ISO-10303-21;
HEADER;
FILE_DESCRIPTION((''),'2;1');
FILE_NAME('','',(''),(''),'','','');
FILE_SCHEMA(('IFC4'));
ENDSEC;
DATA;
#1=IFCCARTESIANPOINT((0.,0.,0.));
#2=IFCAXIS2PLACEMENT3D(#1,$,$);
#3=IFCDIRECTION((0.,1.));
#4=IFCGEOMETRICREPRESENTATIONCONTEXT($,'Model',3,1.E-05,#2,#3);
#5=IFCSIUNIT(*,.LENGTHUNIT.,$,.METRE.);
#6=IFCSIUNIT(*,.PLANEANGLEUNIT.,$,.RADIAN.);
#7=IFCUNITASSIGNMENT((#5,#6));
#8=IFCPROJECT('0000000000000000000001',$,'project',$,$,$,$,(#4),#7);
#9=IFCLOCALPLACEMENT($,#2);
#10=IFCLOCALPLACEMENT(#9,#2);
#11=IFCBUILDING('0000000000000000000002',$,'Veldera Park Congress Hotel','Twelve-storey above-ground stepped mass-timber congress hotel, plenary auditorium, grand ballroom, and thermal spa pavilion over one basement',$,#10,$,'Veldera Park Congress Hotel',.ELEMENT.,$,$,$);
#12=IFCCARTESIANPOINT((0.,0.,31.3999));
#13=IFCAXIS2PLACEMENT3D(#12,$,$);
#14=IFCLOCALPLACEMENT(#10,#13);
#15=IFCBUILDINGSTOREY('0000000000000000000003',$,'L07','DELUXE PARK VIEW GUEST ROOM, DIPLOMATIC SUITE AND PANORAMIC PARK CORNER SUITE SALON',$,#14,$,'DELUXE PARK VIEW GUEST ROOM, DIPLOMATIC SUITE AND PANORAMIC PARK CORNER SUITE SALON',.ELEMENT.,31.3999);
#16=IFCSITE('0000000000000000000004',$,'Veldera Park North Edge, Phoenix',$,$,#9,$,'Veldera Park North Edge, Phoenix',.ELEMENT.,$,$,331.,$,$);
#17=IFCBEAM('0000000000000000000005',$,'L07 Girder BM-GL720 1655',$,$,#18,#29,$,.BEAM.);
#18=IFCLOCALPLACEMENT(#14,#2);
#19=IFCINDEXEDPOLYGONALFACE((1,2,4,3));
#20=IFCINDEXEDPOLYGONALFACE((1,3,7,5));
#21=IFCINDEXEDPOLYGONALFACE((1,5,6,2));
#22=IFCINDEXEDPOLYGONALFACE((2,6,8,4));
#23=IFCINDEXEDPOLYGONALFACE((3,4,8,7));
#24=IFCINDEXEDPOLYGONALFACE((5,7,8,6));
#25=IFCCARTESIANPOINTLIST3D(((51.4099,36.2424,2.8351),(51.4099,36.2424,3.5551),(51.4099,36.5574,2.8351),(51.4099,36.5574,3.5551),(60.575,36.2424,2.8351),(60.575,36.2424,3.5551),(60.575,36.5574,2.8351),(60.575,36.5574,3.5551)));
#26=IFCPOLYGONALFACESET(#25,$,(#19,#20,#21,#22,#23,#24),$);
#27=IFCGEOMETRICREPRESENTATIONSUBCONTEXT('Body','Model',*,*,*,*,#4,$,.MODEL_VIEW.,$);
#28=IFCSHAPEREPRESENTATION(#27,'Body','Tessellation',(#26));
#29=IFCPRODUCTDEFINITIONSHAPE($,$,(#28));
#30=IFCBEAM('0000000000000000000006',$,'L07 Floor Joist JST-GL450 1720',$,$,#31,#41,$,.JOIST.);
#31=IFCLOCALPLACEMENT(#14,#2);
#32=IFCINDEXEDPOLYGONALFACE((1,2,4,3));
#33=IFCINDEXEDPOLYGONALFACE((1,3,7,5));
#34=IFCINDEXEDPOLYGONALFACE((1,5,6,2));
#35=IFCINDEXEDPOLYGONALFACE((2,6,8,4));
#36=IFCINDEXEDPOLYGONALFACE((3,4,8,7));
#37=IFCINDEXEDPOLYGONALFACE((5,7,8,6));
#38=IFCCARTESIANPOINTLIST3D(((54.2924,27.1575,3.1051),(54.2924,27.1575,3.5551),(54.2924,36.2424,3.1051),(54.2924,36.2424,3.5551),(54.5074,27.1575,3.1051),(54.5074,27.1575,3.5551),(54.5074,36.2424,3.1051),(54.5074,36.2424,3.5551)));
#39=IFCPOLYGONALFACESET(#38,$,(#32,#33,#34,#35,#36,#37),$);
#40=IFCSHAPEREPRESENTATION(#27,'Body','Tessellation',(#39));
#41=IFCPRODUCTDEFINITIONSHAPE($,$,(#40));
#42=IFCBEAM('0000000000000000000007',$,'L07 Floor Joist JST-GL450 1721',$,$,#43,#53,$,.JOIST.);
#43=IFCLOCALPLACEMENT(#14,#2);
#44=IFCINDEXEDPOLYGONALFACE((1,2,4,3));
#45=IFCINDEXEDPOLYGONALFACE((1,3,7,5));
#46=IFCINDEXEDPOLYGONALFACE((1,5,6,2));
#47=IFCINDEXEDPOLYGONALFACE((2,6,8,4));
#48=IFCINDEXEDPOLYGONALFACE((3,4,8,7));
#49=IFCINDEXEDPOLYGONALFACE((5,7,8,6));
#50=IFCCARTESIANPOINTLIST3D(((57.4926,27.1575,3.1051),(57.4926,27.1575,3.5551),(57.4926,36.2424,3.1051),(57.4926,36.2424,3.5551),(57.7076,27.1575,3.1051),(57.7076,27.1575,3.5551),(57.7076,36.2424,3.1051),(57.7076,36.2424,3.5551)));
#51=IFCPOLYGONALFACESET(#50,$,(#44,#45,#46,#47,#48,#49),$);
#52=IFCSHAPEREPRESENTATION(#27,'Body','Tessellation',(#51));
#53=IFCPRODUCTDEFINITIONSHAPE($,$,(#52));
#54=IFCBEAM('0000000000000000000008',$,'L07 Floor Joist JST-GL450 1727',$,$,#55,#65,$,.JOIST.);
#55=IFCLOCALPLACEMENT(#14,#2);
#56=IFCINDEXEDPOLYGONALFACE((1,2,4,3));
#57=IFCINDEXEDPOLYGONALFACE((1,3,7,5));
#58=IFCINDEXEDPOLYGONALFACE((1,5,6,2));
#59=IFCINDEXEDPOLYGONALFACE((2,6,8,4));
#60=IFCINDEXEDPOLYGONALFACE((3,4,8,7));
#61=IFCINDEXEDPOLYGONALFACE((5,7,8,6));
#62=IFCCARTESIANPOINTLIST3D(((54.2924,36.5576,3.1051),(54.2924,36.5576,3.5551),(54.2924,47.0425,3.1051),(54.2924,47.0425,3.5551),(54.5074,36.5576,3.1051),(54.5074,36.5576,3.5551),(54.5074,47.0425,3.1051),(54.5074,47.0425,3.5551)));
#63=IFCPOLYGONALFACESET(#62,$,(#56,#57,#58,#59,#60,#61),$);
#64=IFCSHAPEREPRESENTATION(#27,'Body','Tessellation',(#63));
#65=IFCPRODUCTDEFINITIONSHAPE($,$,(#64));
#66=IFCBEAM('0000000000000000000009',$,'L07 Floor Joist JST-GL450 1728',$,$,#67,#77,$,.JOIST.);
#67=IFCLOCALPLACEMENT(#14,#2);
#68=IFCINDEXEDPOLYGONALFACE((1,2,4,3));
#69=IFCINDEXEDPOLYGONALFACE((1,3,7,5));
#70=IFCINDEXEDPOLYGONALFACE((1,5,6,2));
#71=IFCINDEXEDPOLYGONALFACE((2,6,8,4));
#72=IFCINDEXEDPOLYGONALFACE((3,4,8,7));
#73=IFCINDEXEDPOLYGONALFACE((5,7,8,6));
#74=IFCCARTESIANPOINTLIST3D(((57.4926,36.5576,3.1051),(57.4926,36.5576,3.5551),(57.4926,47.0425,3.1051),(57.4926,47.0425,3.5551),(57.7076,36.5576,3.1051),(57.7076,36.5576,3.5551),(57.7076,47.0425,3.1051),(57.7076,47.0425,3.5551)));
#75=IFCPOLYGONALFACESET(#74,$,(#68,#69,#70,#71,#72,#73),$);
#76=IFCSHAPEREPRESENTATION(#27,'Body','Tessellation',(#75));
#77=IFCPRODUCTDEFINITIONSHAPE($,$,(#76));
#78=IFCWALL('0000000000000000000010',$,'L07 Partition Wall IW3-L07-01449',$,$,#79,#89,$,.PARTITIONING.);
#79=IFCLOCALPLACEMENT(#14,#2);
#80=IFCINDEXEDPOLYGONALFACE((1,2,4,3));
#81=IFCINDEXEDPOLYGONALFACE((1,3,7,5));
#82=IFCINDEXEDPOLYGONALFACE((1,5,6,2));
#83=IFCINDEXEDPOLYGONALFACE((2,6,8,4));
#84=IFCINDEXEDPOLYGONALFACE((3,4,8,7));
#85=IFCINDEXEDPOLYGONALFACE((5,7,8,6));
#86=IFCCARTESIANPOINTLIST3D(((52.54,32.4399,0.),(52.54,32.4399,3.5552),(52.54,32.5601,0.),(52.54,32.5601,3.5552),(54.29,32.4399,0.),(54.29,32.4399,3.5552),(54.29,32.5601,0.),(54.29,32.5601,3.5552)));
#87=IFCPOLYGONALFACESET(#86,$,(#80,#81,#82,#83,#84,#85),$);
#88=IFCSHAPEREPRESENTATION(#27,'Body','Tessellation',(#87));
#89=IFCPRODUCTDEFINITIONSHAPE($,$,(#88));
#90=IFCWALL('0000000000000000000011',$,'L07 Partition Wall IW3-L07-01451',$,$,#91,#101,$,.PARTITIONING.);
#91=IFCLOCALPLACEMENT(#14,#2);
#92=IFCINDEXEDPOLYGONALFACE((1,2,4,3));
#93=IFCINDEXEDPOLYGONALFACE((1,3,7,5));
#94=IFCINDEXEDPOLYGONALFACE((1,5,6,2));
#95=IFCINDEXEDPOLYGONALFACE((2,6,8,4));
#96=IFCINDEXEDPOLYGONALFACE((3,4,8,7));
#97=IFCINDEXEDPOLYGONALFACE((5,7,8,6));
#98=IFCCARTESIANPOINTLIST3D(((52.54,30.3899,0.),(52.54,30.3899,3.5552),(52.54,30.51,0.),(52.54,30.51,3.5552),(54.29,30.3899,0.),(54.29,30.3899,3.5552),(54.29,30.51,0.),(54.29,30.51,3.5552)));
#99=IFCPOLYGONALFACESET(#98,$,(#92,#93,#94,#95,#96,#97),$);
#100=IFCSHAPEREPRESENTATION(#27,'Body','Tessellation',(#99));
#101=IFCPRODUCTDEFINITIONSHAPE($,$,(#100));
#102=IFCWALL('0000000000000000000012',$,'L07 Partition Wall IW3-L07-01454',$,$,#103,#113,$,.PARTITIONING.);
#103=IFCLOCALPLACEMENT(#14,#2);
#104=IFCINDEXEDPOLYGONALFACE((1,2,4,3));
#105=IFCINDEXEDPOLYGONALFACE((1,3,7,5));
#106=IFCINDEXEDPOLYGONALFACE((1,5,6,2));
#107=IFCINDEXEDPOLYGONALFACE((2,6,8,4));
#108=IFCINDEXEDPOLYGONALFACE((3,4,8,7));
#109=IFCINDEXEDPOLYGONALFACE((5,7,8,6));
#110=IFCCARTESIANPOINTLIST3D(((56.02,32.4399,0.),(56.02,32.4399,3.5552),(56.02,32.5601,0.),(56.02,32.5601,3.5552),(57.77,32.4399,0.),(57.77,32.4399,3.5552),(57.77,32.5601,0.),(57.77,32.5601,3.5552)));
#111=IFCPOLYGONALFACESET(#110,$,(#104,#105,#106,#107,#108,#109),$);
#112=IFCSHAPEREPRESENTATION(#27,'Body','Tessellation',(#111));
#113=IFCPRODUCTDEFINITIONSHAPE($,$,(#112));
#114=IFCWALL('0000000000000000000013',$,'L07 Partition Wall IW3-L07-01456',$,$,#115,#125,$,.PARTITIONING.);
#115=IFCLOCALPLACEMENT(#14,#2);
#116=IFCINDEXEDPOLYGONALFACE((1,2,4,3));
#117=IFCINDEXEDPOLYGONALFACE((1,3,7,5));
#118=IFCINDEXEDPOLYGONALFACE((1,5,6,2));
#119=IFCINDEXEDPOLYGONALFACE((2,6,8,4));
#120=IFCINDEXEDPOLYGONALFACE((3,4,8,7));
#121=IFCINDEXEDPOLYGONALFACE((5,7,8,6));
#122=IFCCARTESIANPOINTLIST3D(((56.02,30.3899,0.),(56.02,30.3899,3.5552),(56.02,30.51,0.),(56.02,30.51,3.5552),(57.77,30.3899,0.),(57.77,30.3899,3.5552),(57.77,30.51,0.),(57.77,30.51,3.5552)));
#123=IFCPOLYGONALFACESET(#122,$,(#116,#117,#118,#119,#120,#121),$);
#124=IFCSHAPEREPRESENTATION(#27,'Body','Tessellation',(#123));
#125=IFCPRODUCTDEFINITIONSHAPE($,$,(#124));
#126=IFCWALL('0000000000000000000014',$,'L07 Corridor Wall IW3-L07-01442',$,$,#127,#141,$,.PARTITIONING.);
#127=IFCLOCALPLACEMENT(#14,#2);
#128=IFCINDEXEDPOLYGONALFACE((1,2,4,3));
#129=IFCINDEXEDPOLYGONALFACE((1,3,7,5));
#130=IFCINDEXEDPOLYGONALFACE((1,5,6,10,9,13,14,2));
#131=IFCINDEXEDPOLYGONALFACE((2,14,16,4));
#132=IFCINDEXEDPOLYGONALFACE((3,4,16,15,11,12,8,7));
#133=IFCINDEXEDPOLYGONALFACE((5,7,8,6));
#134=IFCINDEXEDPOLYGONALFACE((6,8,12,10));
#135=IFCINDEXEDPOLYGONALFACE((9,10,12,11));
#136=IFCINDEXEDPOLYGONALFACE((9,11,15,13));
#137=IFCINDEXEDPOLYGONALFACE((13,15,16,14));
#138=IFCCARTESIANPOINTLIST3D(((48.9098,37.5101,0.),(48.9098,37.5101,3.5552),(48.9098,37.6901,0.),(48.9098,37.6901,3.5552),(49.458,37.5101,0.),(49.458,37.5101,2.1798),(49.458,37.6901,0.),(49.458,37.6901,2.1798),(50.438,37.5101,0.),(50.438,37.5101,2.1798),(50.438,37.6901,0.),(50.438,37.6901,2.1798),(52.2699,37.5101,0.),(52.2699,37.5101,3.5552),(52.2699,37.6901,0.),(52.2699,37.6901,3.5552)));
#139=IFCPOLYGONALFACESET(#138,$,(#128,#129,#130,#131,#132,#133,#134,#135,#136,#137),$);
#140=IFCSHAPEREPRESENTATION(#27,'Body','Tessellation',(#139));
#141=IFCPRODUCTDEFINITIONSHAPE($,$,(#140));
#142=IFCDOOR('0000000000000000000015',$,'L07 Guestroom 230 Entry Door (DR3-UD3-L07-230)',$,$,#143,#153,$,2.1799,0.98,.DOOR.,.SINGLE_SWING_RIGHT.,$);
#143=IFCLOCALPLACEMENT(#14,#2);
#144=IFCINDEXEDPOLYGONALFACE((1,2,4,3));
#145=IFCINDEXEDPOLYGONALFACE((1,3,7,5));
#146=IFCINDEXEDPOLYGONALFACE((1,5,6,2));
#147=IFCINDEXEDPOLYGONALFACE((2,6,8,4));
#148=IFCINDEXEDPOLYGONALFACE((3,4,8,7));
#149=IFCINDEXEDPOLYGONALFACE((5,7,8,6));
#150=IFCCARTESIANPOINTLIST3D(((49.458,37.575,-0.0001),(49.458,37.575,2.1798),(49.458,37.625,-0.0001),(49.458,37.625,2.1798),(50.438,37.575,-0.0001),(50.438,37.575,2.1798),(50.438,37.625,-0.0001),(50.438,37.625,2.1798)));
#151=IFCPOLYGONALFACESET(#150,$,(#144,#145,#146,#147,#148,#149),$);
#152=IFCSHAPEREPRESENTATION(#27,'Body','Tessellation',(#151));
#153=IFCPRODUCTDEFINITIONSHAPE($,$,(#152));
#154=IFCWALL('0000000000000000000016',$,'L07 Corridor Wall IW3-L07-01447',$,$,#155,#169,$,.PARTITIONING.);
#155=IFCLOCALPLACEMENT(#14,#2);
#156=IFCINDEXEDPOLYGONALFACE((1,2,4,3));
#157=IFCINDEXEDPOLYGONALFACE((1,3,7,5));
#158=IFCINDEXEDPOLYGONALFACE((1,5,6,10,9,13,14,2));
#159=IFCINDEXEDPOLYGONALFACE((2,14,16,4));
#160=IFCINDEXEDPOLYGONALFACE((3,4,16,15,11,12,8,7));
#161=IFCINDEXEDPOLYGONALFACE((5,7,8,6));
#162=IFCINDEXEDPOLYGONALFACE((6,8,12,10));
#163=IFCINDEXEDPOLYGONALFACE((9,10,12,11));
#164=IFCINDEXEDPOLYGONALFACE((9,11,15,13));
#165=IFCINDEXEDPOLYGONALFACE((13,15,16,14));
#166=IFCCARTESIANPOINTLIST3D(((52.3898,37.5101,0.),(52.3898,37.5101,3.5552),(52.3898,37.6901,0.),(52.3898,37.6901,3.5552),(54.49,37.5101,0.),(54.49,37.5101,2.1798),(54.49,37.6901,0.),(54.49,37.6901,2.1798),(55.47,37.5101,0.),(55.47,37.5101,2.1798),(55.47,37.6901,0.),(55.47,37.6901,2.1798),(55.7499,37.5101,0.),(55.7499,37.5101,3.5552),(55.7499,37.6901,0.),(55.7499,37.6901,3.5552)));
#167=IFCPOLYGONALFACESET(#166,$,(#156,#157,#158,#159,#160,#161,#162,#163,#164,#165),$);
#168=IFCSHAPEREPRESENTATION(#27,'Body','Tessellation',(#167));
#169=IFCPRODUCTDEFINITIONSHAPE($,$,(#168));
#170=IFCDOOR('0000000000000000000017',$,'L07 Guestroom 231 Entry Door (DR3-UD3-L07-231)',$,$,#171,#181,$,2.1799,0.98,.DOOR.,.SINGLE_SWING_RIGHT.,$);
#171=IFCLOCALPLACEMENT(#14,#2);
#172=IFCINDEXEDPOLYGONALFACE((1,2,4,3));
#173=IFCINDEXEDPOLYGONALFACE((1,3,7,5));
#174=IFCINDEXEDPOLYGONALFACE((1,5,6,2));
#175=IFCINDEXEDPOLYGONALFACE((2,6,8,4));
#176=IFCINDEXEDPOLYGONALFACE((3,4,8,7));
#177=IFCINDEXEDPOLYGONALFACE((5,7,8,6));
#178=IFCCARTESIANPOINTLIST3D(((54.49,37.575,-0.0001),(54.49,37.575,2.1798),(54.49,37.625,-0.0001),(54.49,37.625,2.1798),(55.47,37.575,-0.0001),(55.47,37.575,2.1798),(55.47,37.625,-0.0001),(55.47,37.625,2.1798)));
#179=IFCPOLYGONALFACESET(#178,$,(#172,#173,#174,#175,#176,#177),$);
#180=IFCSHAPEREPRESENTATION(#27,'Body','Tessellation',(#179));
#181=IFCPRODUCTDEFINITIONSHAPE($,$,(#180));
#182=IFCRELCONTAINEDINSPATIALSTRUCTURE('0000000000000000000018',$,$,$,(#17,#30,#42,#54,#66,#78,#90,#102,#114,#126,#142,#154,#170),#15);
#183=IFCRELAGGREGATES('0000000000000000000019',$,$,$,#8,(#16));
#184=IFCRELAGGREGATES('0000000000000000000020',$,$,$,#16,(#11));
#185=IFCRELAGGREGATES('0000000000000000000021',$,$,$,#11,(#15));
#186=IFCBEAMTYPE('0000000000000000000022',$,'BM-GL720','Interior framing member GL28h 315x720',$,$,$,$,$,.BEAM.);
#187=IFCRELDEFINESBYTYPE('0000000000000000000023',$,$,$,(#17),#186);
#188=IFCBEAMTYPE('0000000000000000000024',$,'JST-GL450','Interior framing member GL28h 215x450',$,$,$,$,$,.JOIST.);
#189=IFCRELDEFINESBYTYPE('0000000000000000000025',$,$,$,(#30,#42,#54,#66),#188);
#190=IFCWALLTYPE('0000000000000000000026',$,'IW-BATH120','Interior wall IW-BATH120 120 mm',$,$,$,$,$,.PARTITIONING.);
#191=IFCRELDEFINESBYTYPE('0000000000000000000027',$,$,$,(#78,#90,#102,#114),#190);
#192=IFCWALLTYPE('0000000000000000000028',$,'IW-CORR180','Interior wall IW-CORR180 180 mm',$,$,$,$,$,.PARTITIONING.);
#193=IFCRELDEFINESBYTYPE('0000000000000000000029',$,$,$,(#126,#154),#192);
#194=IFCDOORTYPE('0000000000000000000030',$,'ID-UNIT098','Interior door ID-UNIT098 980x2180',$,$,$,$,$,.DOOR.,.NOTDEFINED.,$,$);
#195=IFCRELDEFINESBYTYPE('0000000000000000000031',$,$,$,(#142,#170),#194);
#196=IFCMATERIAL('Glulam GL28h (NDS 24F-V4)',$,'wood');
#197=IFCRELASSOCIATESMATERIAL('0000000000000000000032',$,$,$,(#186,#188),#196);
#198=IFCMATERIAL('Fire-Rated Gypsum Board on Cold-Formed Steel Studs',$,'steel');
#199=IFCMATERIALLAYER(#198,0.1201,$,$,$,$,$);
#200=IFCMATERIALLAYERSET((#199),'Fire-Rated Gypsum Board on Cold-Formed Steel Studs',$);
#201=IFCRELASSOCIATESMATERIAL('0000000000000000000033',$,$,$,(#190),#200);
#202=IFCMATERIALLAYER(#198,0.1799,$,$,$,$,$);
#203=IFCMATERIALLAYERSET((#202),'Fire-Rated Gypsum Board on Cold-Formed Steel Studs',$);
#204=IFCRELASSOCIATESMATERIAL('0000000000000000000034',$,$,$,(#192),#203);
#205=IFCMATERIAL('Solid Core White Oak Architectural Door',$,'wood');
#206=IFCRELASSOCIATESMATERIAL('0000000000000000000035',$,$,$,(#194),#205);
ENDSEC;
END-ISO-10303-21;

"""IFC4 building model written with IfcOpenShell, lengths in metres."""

from ifc_helpers import new_model, si_unit, direction, frame, frame_2d, origin, origin_2d, place, context, subcontext, project, spatial, rectangle, extrude, material, layer, layer_set, material_profile, profile_set, type_object, element, fill, save


model = new_model("IFC4")

# Units and contexts
model_context = context("Model", 3, precision=1e-05, world=origin(), true_north=direction((0.0, 1.0)))
body_context = subcontext(model_context, "Body", "Model", "MODEL_VIEW")
ifc_project = project(units=[si_unit("LENGTHUNIT", "METRE"), si_unit("PLANEANGLEUNIT", "RADIAN")], contexts=[model_context])

# Site, building, storey
site_placement = place(None, origin())
site = spatial("IfcSite", under=ifc_project, at=site_placement, Name="Veldera Park North Edge, Phoenix", LongName="Veldera Park North Edge, Phoenix", CompositionType="ELEMENT", RefElevation=331.0)
building_placement = place(site_placement, origin())
building = spatial("IfcBuilding", under=site, at=building_placement, Name="Veldera Park Congress Hotel", Description="Twelve-storey above-ground stepped mass-timber congress hotel, plenary auditorium, grand ballroom, and thermal spa pavilion over one basement", LongName="Veldera Park Congress Hotel", CompositionType="ELEMENT")
storey_placement = place(building_placement, frame((0.0, 0.0, 31.3999)))
storey = spatial("IfcBuildingStorey", under=building, at=storey_placement, Name="L07", Description="DELUXE PARK VIEW GUEST ROOM, DIPLOMATIC SUITE AND PANORAMIC PARK CORNER SUITE SALON", LongName="DELUXE PARK VIEW GUEST ROOM, DIPLOMATIC SUITE AND PANORAMIC PARK CORNER SUITE SALON", CompositionType="ELEMENT", Elevation=31.3999)

# Beams
ifc_material_1 = material(Name="Glulam GL28h (NDS 24F-V4)", Category="wood")
ifc_material_profile_1 = material_profile(ifc_material_1, rectangle(XDim=0.3149, YDim=0.72, at=origin_2d()), Name="GL28h 315x720")
ifc_profile_set_1 = profile_set([ifc_material_profile_1], Name="Glulam GL28h (NDS 24F-V4)")
beam_type_1 = type_object("IfcBeamType", Name="BM-GL720", Description="Interior framing member GL28h 315x720", PredefinedType="BEAM", material=ifc_profile_set_1)
beam_placement = place(storey_placement, frame((51.4099, 36.3999, 3.1951), z_axis=(1.0, 0.0, 0.0), x_axis=(0.0, 1.0, 0.0)))
element("IfcBeam", 1, at=beam_placement, inside=storey, type_object=beam_type_1, Name="L07 Girder BM-GL720 1655", PredefinedType="BEAM", context=body_context, shape_type="SweptSolid", body=[
    extrude(rectangle(XDim=0.3149, YDim=0.72, at=origin_2d()), origin(), (0.0, 0.0, 1.0), 9.165),
])
ifc_material_profile_2 = material_profile(ifc_material_1, rectangle(XDim=0.2151, YDim=0.45, at=origin_2d()), Name="GL28h 215x450")
ifc_profile_set_2 = profile_set([ifc_material_profile_2], Name="Glulam GL28h (NDS 24F-V4)")
beam_type_2 = type_object("IfcBeamType", Name="JST-GL450", Description="Interior framing member GL28h 215x450", PredefinedType="JOIST", material=ifc_profile_set_2)
for number, where, z_axis, x_axis, name in (
    (2, (54.3999, 27.1575, 3.3301), (0.0, 1.0, 0.0), (-1.0, 0.0, 0.0), "L07 Floor Joist JST-GL450 1720"),
    (3, (57.6001, 27.1575, 3.3301), (0.0, 1.0, 0.0), (-1.0, 0.0, 0.0), "L07 Floor Joist JST-GL450 1721"),
):
    element("IfcBeam", number, at=place(storey_placement, frame(where, z_axis=z_axis, x_axis=x_axis)), inside=storey, type_object=beam_type_2, Name=name, PredefinedType="JOIST", context=body_context, shape_type="SweptSolid", body=[
        extrude(rectangle(XDim=0.2151, YDim=0.45, at=origin_2d()), origin(), (0.0, 0.0, 1.0), 9.085),
    ])
for number, where, z_axis, x_axis, name in (
    (4, (54.3999, 36.5576, 3.3301), (0.0, 1.0, 0.0), (-1.0, 0.0, 0.0), "L07 Floor Joist JST-GL450 1727"),
    (5, (57.6001, 36.5576, 3.3301), (0.0, 1.0, 0.0), (-1.0, 0.0, 0.0), "L07 Floor Joist JST-GL450 1728"),
):
    element("IfcBeam", number, at=place(storey_placement, frame(where, z_axis=z_axis, x_axis=x_axis)), inside=storey, type_object=beam_type_2, Name=name, PredefinedType="JOIST", context=body_context, shape_type="SweptSolid", body=[
        extrude(rectangle(XDim=0.2151, YDim=0.45, at=origin_2d()), origin(), (0.0, 0.0, 1.0), 10.4849),
    ])

# Wall
ifc_material_2 = material(Name="Fire-Rated Gypsum Board on Cold-Formed Steel Studs", Category="steel")
ifc_layer_1 = layer(ifc_material_2, 0.1201)
ifc_layer_set_1 = layer_set([ifc_layer_1], Name="Fire-Rated Gypsum Board on Cold-Formed Steel Studs")
wall_type_1 = type_object("IfcWallType", Name="IW-BATH120", Description="Interior wall IW-BATH120 120 mm", PredefinedType="PARTITIONING", material=ifc_layer_set_1)
wall_1_placement = place(storey_placement, frame((52.54, 32.5, 0.0), z_axis=(0.0, 0.0, 1.0), x_axis=(1.0, 0.0, 0.0)))
element("IfcWall", 6, at=wall_1_placement, inside=storey, type_object=wall_type_1, Name="L07 Partition Wall IW3-L07-01449", PredefinedType="PARTITIONING", context=body_context, shape_type="SweptSolid", body=[
    extrude(rectangle(XDim=1.75, YDim=0.1201, at=frame_2d((0.875, 0.0))), origin(), (0.0, 0.0, 1.0), 3.5552),
])

# Shared definitions
ifc_material_3 = material(Name="Solid Core White Oak Architectural Door", Category="wood")

# Walls
for number, where, z_axis, x_axis, name in (
    (7, (52.54, 30.45, 0.0), (0.0, 0.0, 1.0), (1.0, 0.0, 0.0), "L07 Partition Wall IW3-L07-01451"),
    (8, (56.02, 32.5, 0.0), (0.0, 0.0, 1.0), (1.0, 0.0, 0.0), "L07 Partition Wall IW3-L07-01454"),
):
    element("IfcWall", number, at=place(storey_placement, frame(where, z_axis=z_axis, x_axis=x_axis)), inside=storey, type_object=wall_type_1, Name=name, PredefinedType="PARTITIONING", context=body_context, shape_type="SweptSolid", body=[
        extrude(rectangle(XDim=1.75, YDim=0.1201, at=frame_2d((0.875, 0.0))), origin(), (0.0, 0.0, 1.0), 3.5552),
    ])

# Wall
wall_2_placement = place(storey_placement, frame((56.02, 30.45, 0.0), z_axis=(0.0, 0.0, 1.0), x_axis=(1.0, 0.0, 0.0)))
element("IfcWall", 9, at=wall_2_placement, inside=storey, type_object=wall_type_1, Name="L07 Partition Wall IW3-L07-01456", PredefinedType="PARTITIONING", context=body_context, shape_type="SweptSolid", body=[
    extrude(rectangle(XDim=1.75, YDim=0.1201, at=frame_2d((0.875, 0.0))), origin(), (0.0, 0.0, 1.0), 3.5552),
])

# Walls, openings, doors
ifc_layer_2 = layer(ifc_material_2, 0.1799)
ifc_layer_set_2 = layer_set([ifc_layer_2], Name="Fire-Rated Gypsum Board on Cold-Formed Steel Studs")
wall_type_2 = type_object("IfcWallType", Name="IW-CORR180", Description="Interior wall IW-CORR180 180 mm", PredefinedType="PARTITIONING", material=ifc_layer_set_2)
wall_3_placement = place(storey_placement, frame((52.27, 37.6001, 0.0), z_axis=(0.0, 0.0, 1.0), x_axis=(-1.0, 0.0, 0.0)))
wall_3 = element("IfcWall", 10, at=wall_3_placement, inside=storey, type_object=wall_type_2, Name="L07 Corridor Wall IW3-L07-01442", PredefinedType="PARTITIONING", context=body_context, shape_type="SweptSolid", body=[
    extrude(rectangle(XDim=3.3601, YDim=0.1799, at=frame_2d((1.6802, 0.0))), origin(), (0.0, 0.0, 1.0), 3.5552),
])
opening_1_placement = place(wall_3_placement, frame((1.832, 0.0, 0.0)))
opening_1 = element("IfcOpeningElement", 11, at=opening_1_placement, cuts=wall_3, PredefinedType="OPENING", context=body_context, shape_type="SweptSolid", body=[
    extrude(rectangle(XDim=0.98, YDim=2.1799, at=frame_2d((0.49, 1.0898))), frame((0.0, 0.1021, 0.0), z_axis=(0.0, -1.0, 0.0), x_axis=(1.0, 0.0, 0.0)), (0.0, 0.0, 1.0), 0.2039),
])
door_type_1 = type_object("IfcDoorType", Name="ID-UNIT098", Description="Interior door ID-UNIT098 980x2180", OperationType="NOTDEFINED", PredefinedType="DOOR", material=ifc_material_3)
door_1_placement = place(opening_1_placement, frame((0.98, 0.0, 0.0), z_axis=(0.0, 0.0, 1.0), x_axis=(-1.0, 0.0, 0.0)))
door_1 = element("IfcDoor", 12, at=door_1_placement, inside=storey, type_object=door_type_1, Name="L07 Guestroom 230 Entry Door (DR3-UD3-L07-230)", OperationType="SINGLE_SWING_RIGHT", OverallHeight=2.1799, OverallWidth=0.98, PredefinedType="DOOR", context=body_context, shape_type="SweptSolid", body=[
    extrude(rectangle(XDim=0.98, YDim=2.1799, at=frame_2d((0.49, 1.0898))), frame((0.0, 0.0249, 0.0), z_axis=(0.0, -1.0, 0.0), x_axis=(1.0, 0.0, 0.0)), (0.0, 0.0, 1.0), 0.05),
])
fill(opening_1, door_1)
wall_4_placement = place(storey_placement, frame((55.75, 37.6001, 0.0), z_axis=(0.0, 0.0, 1.0), x_axis=(-1.0, 0.0, 0.0)))
wall_4 = element("IfcWall", 13, at=wall_4_placement, inside=storey, type_object=wall_type_2, Name="L07 Corridor Wall IW3-L07-01447", PredefinedType="PARTITIONING", context=body_context, shape_type="SweptSolid", body=[
    extrude(rectangle(XDim=3.3601, YDim=0.1799, at=frame_2d((1.6802, 0.0))), origin(), (0.0, 0.0, 1.0), 3.5552),
])
opening_2_placement = place(wall_4_placement, frame((0.28, 0.0, 0.0)))
opening_2 = element("IfcOpeningElement", 14, at=opening_2_placement, cuts=wall_4, PredefinedType="OPENING", context=body_context, shape_type="SweptSolid", body=[
    extrude(rectangle(XDim=0.98, YDim=2.1799, at=frame_2d((0.49, 1.0898))), frame((0.0, 0.1021, 0.0), z_axis=(0.0, -1.0, 0.0), x_axis=(1.0, 0.0, 0.0)), (0.0, 0.0, 1.0), 0.2039),
])
door_2_placement = place(opening_2_placement, frame((0.98, 0.0, 0.0), z_axis=(0.0, 0.0, 1.0), x_axis=(-1.0, 0.0, 0.0)))
door_2 = element("IfcDoor", 15, at=door_2_placement, inside=storey, type_object=door_type_1, Name="L07 Guestroom 231 Entry Door (DR3-UD3-L07-231)", OperationType="SINGLE_SWING_RIGHT", OverallHeight=2.1799, OverallWidth=0.98, PredefinedType="DOOR", context=body_context, shape_type="SweptSolid", body=[
    extrude(rectangle(XDim=0.98, YDim=2.1799, at=frame_2d((0.49, 1.0898))), frame((0.0, 0.0249, 0.0), z_axis=(0.0, -1.0, 0.0), x_axis=(1.0, 0.0, 0.0)), (0.0, 0.0, 1.0), 0.05),
])
fill(opening_2, door_2)

save(model, "model.ifc")
